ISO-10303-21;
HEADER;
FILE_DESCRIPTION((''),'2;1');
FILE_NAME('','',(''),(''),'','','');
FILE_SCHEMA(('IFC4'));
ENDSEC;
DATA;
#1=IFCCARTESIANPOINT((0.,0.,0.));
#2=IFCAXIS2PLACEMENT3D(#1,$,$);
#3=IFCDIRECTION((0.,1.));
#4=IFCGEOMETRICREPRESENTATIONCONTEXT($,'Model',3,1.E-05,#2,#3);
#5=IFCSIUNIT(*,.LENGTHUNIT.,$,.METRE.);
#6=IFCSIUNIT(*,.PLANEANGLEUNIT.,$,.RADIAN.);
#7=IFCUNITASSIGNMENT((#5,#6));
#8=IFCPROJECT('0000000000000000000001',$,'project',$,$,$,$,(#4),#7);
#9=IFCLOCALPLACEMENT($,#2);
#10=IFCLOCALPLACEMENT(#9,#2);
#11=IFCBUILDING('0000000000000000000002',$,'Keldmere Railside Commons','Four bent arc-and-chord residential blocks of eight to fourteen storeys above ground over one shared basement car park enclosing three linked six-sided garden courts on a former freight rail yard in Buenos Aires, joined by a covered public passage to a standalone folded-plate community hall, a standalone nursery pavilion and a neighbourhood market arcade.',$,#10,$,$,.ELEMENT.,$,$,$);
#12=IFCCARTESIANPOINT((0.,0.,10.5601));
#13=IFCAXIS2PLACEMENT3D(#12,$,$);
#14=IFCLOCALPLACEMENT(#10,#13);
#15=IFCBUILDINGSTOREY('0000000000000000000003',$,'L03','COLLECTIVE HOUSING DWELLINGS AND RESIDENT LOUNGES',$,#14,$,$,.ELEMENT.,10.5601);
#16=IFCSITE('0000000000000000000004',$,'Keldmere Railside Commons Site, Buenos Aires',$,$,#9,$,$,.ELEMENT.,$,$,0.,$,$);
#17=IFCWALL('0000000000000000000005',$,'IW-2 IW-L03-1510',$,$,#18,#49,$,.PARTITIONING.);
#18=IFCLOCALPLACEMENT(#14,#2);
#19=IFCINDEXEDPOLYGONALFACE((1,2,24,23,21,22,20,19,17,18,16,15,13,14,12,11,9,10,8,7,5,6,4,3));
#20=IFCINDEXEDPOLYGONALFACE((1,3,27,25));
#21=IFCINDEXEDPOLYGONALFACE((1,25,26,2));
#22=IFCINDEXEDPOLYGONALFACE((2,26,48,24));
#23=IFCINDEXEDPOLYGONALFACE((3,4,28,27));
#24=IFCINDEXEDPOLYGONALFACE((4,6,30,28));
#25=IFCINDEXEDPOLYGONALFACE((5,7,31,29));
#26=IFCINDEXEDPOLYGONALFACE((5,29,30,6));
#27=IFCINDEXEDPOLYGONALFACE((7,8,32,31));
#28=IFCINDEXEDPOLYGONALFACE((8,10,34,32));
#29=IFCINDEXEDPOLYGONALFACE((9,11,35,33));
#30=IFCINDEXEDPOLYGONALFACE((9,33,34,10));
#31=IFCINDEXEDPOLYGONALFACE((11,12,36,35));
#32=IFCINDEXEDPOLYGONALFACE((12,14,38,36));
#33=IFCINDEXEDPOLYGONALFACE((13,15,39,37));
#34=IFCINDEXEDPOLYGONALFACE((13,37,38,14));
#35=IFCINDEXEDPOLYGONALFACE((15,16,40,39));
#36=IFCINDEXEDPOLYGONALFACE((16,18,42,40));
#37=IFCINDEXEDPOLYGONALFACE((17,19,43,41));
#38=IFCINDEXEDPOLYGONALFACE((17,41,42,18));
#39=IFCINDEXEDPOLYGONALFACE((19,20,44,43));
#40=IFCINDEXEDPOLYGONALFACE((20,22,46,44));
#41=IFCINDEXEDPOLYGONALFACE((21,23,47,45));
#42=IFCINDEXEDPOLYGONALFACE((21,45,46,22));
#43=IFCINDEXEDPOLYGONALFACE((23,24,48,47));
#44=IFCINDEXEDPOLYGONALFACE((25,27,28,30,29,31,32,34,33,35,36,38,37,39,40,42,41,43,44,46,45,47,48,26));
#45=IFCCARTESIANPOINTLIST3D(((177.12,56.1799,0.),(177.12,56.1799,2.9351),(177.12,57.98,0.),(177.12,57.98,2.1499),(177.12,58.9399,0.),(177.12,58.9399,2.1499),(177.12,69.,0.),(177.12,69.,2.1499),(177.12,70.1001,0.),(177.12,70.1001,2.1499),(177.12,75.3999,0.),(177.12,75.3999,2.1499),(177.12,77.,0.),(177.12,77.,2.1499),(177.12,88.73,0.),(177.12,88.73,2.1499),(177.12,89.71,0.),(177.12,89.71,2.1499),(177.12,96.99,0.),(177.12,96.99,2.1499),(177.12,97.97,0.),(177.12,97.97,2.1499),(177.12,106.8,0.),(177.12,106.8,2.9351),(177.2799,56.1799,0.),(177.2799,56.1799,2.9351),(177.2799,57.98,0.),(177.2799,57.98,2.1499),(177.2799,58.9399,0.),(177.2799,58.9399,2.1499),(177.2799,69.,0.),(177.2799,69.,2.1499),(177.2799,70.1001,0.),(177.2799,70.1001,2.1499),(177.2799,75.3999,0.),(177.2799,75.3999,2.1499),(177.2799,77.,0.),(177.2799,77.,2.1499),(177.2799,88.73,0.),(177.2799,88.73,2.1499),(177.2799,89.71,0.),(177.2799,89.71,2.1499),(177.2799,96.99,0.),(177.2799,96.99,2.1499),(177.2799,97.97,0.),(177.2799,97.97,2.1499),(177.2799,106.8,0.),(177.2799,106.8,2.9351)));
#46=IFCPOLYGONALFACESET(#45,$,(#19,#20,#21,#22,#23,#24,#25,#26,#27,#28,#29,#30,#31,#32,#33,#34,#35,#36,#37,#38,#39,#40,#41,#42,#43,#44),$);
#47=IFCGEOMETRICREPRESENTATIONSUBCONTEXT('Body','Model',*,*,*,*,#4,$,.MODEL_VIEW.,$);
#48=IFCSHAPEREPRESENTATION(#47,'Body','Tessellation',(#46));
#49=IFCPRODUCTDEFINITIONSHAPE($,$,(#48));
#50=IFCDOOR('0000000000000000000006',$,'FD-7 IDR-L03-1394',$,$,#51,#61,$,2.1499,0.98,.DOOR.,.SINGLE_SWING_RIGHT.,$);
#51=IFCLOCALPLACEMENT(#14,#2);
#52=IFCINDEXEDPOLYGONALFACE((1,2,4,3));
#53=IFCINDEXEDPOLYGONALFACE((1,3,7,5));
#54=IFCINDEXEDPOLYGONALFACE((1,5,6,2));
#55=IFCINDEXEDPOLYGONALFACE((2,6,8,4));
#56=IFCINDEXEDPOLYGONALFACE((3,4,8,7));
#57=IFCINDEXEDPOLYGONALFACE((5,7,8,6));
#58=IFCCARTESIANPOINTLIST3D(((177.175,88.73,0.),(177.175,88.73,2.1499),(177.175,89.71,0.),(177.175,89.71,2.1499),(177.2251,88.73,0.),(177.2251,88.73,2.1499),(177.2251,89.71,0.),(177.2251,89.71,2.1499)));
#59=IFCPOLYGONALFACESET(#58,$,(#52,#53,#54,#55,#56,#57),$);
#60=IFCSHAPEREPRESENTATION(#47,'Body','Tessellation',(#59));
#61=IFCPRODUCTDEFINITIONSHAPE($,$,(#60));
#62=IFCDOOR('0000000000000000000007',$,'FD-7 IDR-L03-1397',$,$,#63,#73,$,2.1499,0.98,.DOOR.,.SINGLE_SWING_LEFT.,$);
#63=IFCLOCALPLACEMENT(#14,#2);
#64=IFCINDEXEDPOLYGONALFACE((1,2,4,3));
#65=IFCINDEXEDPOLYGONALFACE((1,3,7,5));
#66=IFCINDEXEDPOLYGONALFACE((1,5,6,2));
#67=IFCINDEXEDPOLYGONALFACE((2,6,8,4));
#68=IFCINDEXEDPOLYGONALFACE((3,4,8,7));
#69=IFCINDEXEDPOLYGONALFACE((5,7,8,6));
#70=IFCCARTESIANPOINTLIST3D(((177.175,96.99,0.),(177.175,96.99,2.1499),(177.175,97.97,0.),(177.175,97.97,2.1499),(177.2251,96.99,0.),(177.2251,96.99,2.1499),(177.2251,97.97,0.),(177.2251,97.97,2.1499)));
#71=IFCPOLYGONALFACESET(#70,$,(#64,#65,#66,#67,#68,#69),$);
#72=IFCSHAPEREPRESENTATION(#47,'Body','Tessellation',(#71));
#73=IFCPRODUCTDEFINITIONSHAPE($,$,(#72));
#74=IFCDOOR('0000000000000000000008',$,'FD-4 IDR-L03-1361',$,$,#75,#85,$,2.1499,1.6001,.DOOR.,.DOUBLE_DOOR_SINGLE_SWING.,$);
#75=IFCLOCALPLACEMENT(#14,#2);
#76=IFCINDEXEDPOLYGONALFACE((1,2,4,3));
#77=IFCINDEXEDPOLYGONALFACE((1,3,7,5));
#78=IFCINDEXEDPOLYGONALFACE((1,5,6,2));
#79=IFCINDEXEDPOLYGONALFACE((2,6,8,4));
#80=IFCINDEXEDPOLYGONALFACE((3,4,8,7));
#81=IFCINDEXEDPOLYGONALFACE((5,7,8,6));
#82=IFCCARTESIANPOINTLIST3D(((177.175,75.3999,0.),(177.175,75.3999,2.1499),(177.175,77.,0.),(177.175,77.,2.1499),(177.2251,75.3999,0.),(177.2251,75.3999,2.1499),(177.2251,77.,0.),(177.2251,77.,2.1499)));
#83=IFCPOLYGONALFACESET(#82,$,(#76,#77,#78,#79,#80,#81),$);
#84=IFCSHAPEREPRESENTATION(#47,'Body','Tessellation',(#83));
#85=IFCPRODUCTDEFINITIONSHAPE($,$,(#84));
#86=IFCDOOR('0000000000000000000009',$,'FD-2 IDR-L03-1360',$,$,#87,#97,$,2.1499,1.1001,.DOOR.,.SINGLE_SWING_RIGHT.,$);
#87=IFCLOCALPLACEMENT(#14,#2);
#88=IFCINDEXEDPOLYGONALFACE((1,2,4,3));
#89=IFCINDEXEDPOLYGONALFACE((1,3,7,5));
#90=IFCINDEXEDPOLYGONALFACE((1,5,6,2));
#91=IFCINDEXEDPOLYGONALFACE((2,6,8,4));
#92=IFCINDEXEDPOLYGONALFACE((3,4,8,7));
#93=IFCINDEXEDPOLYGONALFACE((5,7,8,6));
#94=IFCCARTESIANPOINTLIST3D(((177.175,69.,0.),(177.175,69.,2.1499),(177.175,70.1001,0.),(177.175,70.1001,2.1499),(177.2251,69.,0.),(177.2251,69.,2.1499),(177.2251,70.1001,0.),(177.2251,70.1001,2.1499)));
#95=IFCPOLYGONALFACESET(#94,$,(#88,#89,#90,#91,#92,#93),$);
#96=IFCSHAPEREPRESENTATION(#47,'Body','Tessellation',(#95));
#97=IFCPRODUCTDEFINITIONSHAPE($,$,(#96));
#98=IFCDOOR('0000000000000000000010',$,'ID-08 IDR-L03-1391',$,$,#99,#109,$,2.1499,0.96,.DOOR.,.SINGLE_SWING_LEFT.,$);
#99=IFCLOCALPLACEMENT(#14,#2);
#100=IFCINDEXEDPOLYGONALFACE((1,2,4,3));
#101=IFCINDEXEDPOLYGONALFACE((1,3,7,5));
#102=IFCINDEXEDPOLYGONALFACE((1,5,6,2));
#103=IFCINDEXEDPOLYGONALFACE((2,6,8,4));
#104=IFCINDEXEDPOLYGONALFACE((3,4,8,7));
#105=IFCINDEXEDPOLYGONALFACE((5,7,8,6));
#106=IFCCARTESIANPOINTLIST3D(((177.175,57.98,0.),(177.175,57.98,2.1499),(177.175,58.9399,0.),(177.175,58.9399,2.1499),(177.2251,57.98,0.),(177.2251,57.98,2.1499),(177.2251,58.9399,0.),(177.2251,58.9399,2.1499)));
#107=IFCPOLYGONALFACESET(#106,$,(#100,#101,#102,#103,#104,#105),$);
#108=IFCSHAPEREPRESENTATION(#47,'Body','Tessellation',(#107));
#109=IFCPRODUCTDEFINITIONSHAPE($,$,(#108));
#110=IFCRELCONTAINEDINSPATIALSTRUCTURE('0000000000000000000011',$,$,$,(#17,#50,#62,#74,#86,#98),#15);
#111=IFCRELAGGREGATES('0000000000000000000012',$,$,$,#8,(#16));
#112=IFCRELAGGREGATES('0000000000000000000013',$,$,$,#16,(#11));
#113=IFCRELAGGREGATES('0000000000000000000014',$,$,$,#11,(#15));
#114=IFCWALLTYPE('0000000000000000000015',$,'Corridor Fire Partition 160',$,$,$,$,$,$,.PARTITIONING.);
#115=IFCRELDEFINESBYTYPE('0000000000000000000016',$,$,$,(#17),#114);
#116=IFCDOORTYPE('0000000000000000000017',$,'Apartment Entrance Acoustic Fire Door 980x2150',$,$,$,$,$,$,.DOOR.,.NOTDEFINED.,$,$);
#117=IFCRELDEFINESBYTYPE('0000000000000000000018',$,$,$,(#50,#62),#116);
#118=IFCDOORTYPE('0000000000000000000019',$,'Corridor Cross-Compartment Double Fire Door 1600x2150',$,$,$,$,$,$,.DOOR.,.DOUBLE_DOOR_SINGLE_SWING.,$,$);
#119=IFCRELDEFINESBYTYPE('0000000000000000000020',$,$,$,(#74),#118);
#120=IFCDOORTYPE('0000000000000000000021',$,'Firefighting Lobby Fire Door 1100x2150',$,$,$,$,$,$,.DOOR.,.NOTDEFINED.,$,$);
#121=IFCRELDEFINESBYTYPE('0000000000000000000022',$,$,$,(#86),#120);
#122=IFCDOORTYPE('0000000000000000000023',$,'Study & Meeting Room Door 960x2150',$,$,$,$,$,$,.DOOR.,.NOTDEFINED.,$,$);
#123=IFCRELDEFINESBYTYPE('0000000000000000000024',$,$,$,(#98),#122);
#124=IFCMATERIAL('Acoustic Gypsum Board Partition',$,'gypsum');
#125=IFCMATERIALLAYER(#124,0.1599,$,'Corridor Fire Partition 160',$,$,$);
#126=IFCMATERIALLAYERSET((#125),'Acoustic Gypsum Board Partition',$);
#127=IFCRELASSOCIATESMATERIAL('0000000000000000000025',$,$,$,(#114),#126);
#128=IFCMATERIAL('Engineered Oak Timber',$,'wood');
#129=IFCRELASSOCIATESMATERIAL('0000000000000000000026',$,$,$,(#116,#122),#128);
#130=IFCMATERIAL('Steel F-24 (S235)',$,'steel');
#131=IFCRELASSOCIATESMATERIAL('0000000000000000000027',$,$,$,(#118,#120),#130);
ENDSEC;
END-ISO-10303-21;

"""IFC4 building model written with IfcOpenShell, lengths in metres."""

from ifc_helpers import new_model, si_unit, direction, frame, frame_2d, origin, place, context, subcontext, project, spatial, rectangle, extrude, material, layer, layer_set, type_object, element, fill, save


model = new_model("IFC4")

# Units and contexts
model_context = context("Model", 3, precision=1e-05, world=origin(), true_north=direction((0.0, 1.0)))
body_context = subcontext(model_context, "Body", "Model", "MODEL_VIEW")
ifc_project = project(units=[si_unit("LENGTHUNIT", "METRE"), si_unit("PLANEANGLEUNIT", "RADIAN")], contexts=[model_context])

# Site, building, storey
site_placement = place(None, origin())
site = spatial("IfcSite", under=ifc_project, at=site_placement, Name="Keldmere Railside Commons Site, Buenos Aires", CompositionType="ELEMENT", RefElevation=0.0)
building_placement = place(site_placement, origin())
building = spatial("IfcBuilding", under=site, at=building_placement, Name="Keldmere Railside Commons", Description="Four bent arc-and-chord residential blocks of eight to fourteen storeys above ground over one shared basement car park enclosing three linked six-sided garden courts on a former freight rail yard in Buenos Aires, joined by a covered public passage to a standalone folded-plate community hall, a standalone nursery pavilion and a neighbourhood market arcade.", CompositionType="ELEMENT")
storey_placement = place(building_placement, frame((0.0, 0.0, 10.5601)))
storey = spatial("IfcBuildingStorey", under=building, at=storey_placement, Name="L03", Description="COLLECTIVE HOUSING DWELLINGS AND RESIDENT LOUNGES", CompositionType="ELEMENT", Elevation=10.5601)

# Wall, openings, doors
ifc_material_1 = material(Name="Acoustic Gypsum Board Partition", Category="gypsum")
ifc_layer_1 = layer(ifc_material_1, 0.1599, Name="Corridor Fire Partition 160")
ifc_layer_set_1 = layer_set([ifc_layer_1], Name="Acoustic Gypsum Board Partition")
wall_type_1 = type_object("IfcWallType", Name="Corridor Fire Partition 160", PredefinedType="PARTITIONING", material=ifc_layer_set_1)
ifc_material_2 = material(Name="Engineered Oak Timber", Category="wood")
door_type_1 = type_object("IfcDoorType", Name="Apartment Entrance Acoustic Fire Door 980x2150", OperationType="NOTDEFINED", PredefinedType="DOOR", material=ifc_material_2)
wall_1_placement = place(storey_placement, frame((177.2, 56.1799, 0.0), z_axis=(0.0, 0.0, 1.0), x_axis=(0.0, 1.0, 0.0)))
wall_1 = element("IfcWall", 1, at=wall_1_placement, inside=storey, type_object=wall_type_1, Name="IW-2 IW-L03-1510", PredefinedType="PARTITIONING", context=body_context, shape_type="SweptSolid", body=[
    extrude(rectangle(XDim=50.6201, YDim=0.1599, at=frame_2d((25.3101, 0.0))), origin(), (0.0, 0.0, 1.0), 2.9351),
])
opening_1_placement = place(wall_1_placement, frame((12.8201, 0.0, 0.0)))
opening_1 = element("IfcOpeningElement", 2, at=opening_1_placement, cuts=wall_1, PredefinedType="OPENING", context=body_context, shape_type="SweptSolid", body=[
    extrude(rectangle(XDim=1.1001, YDim=2.1499, at=frame_2d((0.55, 1.075))), frame((0.0, 0.0898, 0.0), z_axis=(0.0, -1.0, 0.0), x_axis=(1.0, 0.0, 0.0)), (0.0, 0.0, 1.0), 0.1799),
])
opening_2_placement = place(wall_1_placement, frame((19.22, 0.0, 0.0)))
opening_2 = element("IfcOpeningElement", 3, at=opening_2_placement, cuts=wall_1, PredefinedType="OPENING", context=body_context, shape_type="SweptSolid", body=[
    extrude(rectangle(XDim=1.6001, YDim=2.1499, at=frame_2d((0.8, 1.075))), frame((0.0, 0.0898, 0.0), z_axis=(0.0, -1.0, 0.0), x_axis=(1.0, 0.0, 0.0)), (0.0, 0.0, 1.0), 0.1799),
])
opening_3_placement = place(wall_1_placement, frame((1.8, 0.0, 0.0)))
opening_3 = element("IfcOpeningElement", 4, at=opening_3_placement, cuts=wall_1, PredefinedType="OPENING", context=body_context, shape_type="SweptSolid", body=[
    extrude(rectangle(XDim=0.96, YDim=2.1499, at=frame_2d((0.48, 1.075))), frame((0.0, 0.0898, 0.0), z_axis=(0.0, -1.0, 0.0), x_axis=(1.0, 0.0, 0.0)), (0.0, 0.0, 1.0), 0.1799),
])
opening_4_placement = place(wall_1_placement, frame((32.55, 0.0, 0.0)))
opening_4 = element("IfcOpeningElement", 5, at=opening_4_placement, cuts=wall_1, PredefinedType="OPENING", context=body_context, shape_type="SweptSolid", body=[
    extrude(rectangle(XDim=0.98, YDim=2.1499, at=frame_2d((0.49, 1.075))), frame((0.0, 0.0898, 0.0), z_axis=(0.0, -1.0, 0.0), x_axis=(1.0, 0.0, 0.0)), (0.0, 0.0, 1.0), 0.1799),
])
opening_5_placement = place(wall_1_placement, frame((40.8101, 0.0, 0.0)))
opening_5 = element("IfcOpeningElement", 6, at=opening_5_placement, cuts=wall_1, PredefinedType="OPENING", context=body_context, shape_type="SweptSolid", body=[
    extrude(rectangle(XDim=0.98, YDim=2.1499, at=frame_2d((0.49, 1.075))), frame((0.0, 0.0898, 0.0), z_axis=(0.0, -1.0, 0.0), x_axis=(1.0, 0.0, 0.0)), (0.0, 0.0, 1.0), 0.1799),
])
door_1_placement = place(opening_4_placement, origin())
door_1 = element("IfcDoor", 7, at=door_1_placement, inside=storey, type_object=door_type_1, Name="FD-7 IDR-L03-1394", OperationType="SINGLE_SWING_RIGHT", OverallHeight=2.1499, OverallWidth=0.98, PredefinedType="DOOR", context=body_context, shape_type="SweptSolid", body=[
    extrude(rectangle(XDim=0.98, YDim=2.1499, at=frame_2d((0.49, 1.075))), frame((0.0, 0.0249, 0.0), z_axis=(0.0, -1.0, 0.0), x_axis=(1.0, 0.0, 0.0)), (0.0, 0.0, 1.0), 0.05),
])
fill(opening_4, door_1)
door_2_placement = place(opening_5_placement, origin())
door_2 = element("IfcDoor", 8, at=door_2_placement, inside=storey, type_object=door_type_1, Name="FD-7 IDR-L03-1397", OperationType="SINGLE_SWING_LEFT", OverallHeight=2.1499, OverallWidth=0.98, PredefinedType="DOOR", context=body_context, shape_type="SweptSolid", body=[
    extrude(rectangle(XDim=0.98, YDim=2.1499, at=frame_2d((0.49, 1.075))), frame((0.0, 0.0249, 0.0), z_axis=(0.0, -1.0, 0.0), x_axis=(1.0, 0.0, 0.0)), (0.0, 0.0, 1.0), 0.05),
])
fill(opening_5, door_2)
ifc_material_3 = material(Name="Steel F-24 (S235)", Category="steel")
door_type_2 = type_object("IfcDoorType", Name="Corridor Cross-Compartment Double Fire Door 1600x2150", OperationType="DOUBLE_DOOR_SINGLE_SWING", PredefinedType="DOOR", material=ifc_material_3)
door_3_placement = place(opening_2_placement, origin())
door_3 = element("IfcDoor", 9, at=door_3_placement, inside=storey, type_object=door_type_2, Name="FD-4 IDR-L03-1361", OperationType="DOUBLE_DOOR_SINGLE_SWING", OverallHeight=2.1499, OverallWidth=1.6001, PredefinedType="DOOR", context=body_context, shape_type="SweptSolid", body=[
    extrude(rectangle(XDim=1.6001, YDim=2.1499, at=frame_2d((0.8, 1.075))), frame((0.0, 0.0249, 0.0), z_axis=(0.0, -1.0, 0.0), x_axis=(1.0, 0.0, 0.0)), (0.0, 0.0, 1.0), 0.05),
])
fill(opening_2, door_3)
door_type_3 = type_object("IfcDoorType", Name="Firefighting Lobby Fire Door 1100x2150", OperationType="NOTDEFINED", PredefinedType="DOOR", material=ifc_material_3)
door_4_placement = place(opening_1_placement, origin())
door_4 = element("IfcDoor", 10, at=door_4_placement, inside=storey, type_object=door_type_3, Name="FD-2 IDR-L03-1360", OperationType="SINGLE_SWING_RIGHT", OverallHeight=2.1499, OverallWidth=1.1001, PredefinedType="DOOR", context=body_context, shape_type="SweptSolid", body=[
    extrude(rectangle(XDim=1.1001, YDim=2.1499, at=frame_2d((0.55, 1.075))), frame((0.0, 0.0249, 0.0), z_axis=(0.0, -1.0, 0.0), x_axis=(1.0, 0.0, 0.0)), (0.0, 0.0, 1.0), 0.05),
])
fill(opening_1, door_4)
door_type_4 = type_object("IfcDoorType", Name="Study & Meeting Room Door 960x2150", OperationType="NOTDEFINED", PredefinedType="DOOR", material=ifc_material_2)
door_5_placement = place(opening_3_placement, origin())
door_5 = element("IfcDoor", 11, at=door_5_placement, inside=storey, type_object=door_type_4, Name="ID-08 IDR-L03-1391", OperationType="SINGLE_SWING_LEFT", OverallHeight=2.1499, OverallWidth=0.96, PredefinedType="DOOR", context=body_context, shape_type="SweptSolid", body=[
    extrude(rectangle(XDim=0.96, YDim=2.1499, at=frame_2d((0.48, 1.075))), frame((0.0, 0.0249, 0.0), z_axis=(0.0, -1.0, 0.0), x_axis=(1.0, 0.0, 0.0)), (0.0, 0.0, 1.0), 0.05),
])
fill(opening_3, door_5)

save(model, "model.ifc")
